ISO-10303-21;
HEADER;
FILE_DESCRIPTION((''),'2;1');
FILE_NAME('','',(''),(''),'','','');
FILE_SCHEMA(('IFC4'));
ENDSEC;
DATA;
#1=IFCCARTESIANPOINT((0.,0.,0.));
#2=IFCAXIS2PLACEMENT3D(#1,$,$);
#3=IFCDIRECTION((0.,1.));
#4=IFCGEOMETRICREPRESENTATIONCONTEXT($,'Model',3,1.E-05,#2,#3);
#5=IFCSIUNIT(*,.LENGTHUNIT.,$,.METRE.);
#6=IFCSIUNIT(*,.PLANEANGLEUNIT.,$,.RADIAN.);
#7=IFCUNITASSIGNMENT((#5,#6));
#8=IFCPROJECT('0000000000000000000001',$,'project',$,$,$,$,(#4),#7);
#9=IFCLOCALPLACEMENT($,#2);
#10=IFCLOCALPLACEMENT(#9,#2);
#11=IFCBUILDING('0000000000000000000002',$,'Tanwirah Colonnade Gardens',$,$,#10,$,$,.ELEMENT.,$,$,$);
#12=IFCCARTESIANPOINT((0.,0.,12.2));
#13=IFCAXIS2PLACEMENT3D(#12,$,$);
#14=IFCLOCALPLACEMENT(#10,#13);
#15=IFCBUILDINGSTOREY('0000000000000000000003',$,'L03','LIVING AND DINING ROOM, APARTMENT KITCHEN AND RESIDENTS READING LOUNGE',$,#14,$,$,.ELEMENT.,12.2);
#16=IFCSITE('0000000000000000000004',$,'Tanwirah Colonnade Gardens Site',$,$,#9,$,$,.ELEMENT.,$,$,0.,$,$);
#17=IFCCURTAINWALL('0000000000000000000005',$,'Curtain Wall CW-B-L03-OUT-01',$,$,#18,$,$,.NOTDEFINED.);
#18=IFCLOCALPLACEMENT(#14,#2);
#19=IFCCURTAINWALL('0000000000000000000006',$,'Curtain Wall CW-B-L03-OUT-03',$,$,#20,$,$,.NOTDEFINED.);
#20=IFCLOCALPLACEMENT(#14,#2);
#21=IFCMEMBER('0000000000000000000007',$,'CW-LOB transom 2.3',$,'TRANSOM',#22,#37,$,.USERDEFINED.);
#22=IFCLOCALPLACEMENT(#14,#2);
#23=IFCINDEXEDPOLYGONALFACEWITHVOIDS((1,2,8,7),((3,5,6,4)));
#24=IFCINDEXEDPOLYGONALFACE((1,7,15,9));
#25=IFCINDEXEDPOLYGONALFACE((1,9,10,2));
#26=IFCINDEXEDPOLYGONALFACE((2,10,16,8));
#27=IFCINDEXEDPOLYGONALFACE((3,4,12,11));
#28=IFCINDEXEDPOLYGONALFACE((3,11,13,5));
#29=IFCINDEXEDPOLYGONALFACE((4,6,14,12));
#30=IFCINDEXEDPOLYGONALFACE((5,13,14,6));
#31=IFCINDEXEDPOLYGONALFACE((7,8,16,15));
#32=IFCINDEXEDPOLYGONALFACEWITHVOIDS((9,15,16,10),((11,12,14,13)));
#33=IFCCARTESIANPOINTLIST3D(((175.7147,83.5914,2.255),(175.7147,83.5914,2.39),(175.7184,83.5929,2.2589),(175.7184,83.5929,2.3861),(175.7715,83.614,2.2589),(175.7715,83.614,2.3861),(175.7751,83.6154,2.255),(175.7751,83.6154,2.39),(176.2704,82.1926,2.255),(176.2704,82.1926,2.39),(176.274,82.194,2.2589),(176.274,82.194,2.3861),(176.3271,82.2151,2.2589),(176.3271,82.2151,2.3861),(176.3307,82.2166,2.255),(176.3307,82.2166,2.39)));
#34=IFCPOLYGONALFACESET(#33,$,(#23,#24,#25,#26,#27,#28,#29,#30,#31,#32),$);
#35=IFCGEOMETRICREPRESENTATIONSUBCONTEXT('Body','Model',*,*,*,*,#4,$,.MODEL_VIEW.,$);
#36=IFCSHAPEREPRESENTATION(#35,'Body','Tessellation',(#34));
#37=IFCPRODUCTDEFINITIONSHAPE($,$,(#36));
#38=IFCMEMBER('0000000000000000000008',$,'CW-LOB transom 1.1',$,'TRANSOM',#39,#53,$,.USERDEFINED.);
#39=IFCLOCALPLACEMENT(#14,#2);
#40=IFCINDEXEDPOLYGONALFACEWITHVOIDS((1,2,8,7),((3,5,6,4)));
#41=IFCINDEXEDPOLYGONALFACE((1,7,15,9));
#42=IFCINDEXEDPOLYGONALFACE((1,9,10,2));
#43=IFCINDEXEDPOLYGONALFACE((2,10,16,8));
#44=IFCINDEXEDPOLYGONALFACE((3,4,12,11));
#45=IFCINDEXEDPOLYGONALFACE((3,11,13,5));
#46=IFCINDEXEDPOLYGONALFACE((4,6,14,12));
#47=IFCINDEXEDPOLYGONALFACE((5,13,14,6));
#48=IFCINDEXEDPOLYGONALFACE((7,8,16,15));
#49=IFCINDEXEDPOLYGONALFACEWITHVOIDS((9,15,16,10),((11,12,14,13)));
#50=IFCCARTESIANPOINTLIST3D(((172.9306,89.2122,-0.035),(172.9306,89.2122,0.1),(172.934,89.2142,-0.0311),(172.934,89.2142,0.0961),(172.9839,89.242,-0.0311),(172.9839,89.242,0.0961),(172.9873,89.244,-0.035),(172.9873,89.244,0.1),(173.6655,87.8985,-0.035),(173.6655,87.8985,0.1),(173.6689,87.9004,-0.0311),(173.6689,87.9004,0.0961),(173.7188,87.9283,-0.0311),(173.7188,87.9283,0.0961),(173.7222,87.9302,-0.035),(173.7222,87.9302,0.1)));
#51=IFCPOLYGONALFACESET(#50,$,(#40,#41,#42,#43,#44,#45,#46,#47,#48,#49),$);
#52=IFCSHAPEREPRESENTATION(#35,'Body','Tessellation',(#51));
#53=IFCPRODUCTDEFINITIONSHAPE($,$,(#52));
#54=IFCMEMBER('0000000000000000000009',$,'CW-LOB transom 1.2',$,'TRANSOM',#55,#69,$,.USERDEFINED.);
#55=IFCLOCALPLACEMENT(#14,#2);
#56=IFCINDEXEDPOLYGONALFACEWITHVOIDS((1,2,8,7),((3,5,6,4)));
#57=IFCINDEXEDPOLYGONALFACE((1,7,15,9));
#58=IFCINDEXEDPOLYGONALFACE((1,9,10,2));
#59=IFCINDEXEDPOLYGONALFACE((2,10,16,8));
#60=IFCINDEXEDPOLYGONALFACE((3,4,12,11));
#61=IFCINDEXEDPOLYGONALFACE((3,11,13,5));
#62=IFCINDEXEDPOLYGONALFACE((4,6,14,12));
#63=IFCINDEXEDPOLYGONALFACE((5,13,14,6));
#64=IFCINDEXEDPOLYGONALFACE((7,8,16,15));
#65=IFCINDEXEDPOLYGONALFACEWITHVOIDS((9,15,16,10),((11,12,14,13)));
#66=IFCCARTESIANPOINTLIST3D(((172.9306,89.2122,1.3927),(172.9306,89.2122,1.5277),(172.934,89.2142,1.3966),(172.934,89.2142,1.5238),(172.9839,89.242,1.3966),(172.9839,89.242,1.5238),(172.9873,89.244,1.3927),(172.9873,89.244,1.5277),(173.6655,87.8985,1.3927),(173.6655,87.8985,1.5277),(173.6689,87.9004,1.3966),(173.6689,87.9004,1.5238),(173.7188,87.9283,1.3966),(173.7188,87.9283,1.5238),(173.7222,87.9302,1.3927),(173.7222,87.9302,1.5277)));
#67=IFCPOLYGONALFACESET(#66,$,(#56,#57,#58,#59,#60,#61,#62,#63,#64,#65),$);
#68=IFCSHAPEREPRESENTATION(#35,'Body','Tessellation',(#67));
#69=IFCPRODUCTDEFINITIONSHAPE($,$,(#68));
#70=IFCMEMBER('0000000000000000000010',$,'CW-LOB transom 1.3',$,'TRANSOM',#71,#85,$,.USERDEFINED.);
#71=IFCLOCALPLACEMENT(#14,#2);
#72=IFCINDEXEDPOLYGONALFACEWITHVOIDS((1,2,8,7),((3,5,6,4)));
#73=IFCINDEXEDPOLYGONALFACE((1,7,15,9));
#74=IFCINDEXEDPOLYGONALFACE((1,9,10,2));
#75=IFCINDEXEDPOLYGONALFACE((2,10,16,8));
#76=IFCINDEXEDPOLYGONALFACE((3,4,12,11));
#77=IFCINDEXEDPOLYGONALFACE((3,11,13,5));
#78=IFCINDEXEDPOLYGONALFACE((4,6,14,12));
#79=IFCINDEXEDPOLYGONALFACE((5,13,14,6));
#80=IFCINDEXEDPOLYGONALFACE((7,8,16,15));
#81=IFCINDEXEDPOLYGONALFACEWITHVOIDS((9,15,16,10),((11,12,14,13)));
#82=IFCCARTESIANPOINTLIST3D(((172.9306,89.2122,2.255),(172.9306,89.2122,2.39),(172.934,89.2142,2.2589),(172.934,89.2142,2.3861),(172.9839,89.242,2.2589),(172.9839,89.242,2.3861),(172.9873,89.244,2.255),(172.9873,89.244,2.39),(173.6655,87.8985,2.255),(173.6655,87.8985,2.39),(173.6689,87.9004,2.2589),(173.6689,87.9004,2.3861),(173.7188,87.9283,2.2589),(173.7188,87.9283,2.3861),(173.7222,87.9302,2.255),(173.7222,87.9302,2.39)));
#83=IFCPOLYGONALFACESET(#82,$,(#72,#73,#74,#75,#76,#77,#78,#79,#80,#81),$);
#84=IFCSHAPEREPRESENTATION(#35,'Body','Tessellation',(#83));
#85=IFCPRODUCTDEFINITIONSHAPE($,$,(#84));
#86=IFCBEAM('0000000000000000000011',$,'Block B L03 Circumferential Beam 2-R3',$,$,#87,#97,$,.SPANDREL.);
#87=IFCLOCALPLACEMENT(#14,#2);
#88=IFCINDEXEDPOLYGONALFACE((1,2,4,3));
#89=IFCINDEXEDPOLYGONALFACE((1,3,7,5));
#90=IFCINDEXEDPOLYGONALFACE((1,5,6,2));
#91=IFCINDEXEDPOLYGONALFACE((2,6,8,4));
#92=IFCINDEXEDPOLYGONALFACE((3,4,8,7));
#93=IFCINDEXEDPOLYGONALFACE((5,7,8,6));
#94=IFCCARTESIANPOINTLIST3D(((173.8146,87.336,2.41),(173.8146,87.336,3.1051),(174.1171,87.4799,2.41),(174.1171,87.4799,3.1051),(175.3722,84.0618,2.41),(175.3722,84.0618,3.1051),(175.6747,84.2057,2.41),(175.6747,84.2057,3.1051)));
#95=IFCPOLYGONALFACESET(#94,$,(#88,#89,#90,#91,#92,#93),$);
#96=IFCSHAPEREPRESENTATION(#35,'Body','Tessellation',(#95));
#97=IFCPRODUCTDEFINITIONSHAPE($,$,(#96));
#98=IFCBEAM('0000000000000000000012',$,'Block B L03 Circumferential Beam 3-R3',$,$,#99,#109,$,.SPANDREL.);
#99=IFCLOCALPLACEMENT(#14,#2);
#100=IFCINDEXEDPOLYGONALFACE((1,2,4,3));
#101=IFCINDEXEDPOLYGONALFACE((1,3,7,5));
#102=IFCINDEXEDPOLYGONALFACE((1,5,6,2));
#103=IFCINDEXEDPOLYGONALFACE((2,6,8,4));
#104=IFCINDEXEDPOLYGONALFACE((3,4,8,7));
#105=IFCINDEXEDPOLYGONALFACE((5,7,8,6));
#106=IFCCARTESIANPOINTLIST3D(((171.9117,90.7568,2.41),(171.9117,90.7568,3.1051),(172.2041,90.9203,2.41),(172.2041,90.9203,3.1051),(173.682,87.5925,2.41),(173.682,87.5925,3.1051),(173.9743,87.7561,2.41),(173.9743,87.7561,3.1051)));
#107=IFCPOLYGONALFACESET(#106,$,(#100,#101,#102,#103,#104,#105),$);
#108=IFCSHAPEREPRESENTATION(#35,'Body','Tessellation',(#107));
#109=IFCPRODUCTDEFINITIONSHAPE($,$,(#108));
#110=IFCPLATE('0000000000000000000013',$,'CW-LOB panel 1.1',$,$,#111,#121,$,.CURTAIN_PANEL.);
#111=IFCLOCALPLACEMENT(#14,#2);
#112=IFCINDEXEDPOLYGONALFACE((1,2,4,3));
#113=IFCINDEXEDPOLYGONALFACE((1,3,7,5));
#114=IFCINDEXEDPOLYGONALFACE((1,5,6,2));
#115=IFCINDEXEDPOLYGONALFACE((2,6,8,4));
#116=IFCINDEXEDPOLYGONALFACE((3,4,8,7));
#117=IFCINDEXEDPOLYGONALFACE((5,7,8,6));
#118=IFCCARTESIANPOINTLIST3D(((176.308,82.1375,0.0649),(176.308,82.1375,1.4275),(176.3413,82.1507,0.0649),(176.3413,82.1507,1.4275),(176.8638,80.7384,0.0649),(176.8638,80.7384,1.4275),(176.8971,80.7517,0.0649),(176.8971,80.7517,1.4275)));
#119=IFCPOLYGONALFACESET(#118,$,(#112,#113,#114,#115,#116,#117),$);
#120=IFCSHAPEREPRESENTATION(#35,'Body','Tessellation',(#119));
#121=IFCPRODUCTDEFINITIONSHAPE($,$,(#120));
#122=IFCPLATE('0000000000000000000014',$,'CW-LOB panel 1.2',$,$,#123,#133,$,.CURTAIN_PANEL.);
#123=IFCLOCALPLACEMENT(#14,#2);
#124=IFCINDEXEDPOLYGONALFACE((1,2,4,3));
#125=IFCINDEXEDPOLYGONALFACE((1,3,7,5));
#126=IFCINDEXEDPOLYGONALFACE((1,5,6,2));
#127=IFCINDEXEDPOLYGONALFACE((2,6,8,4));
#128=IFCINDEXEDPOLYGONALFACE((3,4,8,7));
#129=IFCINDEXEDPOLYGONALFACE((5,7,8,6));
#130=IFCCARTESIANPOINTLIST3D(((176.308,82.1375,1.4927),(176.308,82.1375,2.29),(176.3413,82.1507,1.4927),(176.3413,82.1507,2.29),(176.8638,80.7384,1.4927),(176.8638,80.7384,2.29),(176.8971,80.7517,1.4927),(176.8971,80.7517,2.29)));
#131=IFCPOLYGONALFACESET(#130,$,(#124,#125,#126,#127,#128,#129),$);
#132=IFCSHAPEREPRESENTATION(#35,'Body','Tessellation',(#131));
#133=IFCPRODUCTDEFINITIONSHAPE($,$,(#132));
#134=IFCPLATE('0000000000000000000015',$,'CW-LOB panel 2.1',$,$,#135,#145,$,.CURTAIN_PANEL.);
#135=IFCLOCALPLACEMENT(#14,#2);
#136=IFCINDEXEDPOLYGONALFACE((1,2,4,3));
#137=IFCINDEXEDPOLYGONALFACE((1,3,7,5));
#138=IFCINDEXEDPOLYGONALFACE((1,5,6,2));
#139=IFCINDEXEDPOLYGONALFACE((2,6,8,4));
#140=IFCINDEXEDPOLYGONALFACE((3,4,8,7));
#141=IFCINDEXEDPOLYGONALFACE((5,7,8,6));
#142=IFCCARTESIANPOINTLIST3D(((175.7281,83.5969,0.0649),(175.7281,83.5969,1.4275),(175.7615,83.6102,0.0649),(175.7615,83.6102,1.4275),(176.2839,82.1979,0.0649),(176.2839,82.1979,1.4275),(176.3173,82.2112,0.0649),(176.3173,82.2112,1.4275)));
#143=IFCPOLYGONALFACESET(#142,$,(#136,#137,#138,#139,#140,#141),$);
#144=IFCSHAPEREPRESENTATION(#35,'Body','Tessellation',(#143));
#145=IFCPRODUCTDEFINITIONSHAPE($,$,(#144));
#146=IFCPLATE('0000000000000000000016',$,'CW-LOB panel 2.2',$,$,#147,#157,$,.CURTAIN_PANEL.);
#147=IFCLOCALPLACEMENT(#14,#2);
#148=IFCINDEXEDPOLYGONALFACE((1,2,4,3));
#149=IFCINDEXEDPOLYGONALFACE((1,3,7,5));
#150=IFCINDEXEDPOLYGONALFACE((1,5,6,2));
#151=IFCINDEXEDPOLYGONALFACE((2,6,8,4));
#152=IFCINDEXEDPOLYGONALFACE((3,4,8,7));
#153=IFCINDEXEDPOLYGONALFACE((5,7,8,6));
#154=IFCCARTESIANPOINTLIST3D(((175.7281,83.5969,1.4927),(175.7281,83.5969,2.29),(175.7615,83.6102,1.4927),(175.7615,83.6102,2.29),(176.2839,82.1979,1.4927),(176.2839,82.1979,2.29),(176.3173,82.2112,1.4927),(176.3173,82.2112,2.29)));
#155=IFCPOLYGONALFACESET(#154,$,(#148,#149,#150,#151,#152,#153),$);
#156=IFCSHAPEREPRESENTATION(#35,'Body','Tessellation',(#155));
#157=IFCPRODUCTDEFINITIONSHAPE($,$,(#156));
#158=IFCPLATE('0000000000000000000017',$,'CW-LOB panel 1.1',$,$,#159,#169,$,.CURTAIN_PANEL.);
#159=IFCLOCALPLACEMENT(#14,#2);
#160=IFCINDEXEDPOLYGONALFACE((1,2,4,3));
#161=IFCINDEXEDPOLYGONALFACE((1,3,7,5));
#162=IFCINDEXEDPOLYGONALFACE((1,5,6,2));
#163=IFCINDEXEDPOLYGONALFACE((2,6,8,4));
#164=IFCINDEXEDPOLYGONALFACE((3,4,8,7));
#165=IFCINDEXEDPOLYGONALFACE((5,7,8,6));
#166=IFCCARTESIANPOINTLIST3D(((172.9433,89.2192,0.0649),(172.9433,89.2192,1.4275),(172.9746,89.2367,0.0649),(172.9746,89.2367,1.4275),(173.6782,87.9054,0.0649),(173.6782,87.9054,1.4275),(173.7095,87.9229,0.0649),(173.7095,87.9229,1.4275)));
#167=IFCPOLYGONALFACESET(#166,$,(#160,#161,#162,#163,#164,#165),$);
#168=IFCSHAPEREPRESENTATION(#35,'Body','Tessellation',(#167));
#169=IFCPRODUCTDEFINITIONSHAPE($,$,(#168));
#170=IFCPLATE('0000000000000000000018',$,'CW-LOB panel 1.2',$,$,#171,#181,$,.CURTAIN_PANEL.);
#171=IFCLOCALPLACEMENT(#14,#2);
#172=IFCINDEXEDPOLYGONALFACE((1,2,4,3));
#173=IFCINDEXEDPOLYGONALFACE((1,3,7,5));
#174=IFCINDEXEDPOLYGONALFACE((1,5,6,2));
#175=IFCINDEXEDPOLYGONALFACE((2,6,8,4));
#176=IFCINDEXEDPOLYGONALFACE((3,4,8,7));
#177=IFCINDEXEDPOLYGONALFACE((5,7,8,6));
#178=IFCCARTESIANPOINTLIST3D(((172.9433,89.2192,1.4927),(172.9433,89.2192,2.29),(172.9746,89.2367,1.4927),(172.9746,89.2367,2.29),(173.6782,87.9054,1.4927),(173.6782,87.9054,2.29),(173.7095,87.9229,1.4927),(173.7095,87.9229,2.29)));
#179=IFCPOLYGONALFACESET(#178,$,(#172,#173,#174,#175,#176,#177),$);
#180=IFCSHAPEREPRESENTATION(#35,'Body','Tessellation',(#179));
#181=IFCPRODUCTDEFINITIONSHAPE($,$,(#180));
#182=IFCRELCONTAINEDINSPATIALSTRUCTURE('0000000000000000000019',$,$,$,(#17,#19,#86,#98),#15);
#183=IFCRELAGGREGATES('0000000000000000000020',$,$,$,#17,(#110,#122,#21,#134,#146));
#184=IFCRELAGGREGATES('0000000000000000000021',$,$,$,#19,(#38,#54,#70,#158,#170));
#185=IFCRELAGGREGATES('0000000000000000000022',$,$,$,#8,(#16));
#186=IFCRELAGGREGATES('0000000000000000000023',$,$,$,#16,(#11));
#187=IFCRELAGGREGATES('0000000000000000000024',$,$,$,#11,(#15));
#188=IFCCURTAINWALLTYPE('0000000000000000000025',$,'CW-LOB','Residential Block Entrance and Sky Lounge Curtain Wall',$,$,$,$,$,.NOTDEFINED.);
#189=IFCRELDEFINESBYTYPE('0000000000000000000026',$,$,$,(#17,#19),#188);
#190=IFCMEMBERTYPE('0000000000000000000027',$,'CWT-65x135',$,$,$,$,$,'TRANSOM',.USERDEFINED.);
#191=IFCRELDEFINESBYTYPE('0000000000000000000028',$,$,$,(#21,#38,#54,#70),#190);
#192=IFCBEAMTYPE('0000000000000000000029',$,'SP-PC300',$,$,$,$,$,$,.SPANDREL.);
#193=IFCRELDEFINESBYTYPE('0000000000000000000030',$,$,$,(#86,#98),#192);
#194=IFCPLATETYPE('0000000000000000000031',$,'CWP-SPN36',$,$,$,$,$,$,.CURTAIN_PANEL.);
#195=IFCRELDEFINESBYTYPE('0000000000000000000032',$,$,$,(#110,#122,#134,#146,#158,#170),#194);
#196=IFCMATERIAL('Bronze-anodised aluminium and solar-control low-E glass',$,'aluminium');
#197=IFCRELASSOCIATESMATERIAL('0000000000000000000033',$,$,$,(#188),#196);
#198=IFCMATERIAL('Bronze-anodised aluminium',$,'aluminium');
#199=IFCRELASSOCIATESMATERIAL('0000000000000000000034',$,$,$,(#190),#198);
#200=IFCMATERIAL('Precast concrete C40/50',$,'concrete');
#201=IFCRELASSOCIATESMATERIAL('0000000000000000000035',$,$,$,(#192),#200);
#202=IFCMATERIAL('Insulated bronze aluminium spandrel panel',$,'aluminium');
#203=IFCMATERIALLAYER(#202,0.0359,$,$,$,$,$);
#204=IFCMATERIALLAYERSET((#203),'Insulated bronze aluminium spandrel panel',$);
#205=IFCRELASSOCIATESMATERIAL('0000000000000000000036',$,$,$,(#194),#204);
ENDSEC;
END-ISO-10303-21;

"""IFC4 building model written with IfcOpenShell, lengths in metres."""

from ifc_helpers import new_model, si_unit, direction, frame, origin, origin_2d, place, context, subcontext, project, spatial, rectangle, hollow_rectangle, extrude, material, layer, layer_set, material_profile, profile_set, type_object, element, aggregate, save


model = new_model("IFC4")

# Units and contexts
model_context = context("Model", 3, precision=1e-05, world=origin(), true_north=direction((0.0, 1.0)))
body_context = subcontext(model_context, "Body", "Model", "MODEL_VIEW")
ifc_project = project(units=[si_unit("LENGTHUNIT", "METRE"), si_unit("PLANEANGLEUNIT", "RADIAN")], contexts=[model_context])

# Site, building, storey
site_placement = place(None, origin())
site = spatial("IfcSite", under=ifc_project, at=site_placement, Name="Tanwirah Colonnade Gardens Site", CompositionType="ELEMENT", RefElevation=0.0)
building_placement = place(site_placement, origin())
building = spatial("IfcBuilding", under=site, at=building_placement, Name="Tanwirah Colonnade Gardens", CompositionType="ELEMENT")
storey_placement = place(building_placement, frame((0.0, 0.0, 12.2)))
storey = spatial("IfcBuildingStorey", under=building, at=storey_placement, Name="L03", Description="LIVING AND DINING ROOM, APARTMENT KITCHEN AND RESIDENTS READING LOUNGE", CompositionType="ELEMENT", Elevation=12.2)

# Shared definitions
ifc_material_1 = material(Name="Precast concrete C40/50", Category="concrete")

# Curtain walls
ifc_material_2 = material(Name="Bronze-anodised aluminium and solar-control low-E glass", Category="aluminium")
curtain_wall_type = type_object("IfcCurtainWallType", Name="CW-LOB", Description="Residential Block Entrance and Sky Lounge Curtain Wall", PredefinedType="NOTDEFINED", material=ifc_material_2)
curtain_wall_1_placement = place(storey_placement, origin())
curtain_wall_1 = element("IfcCurtainWall", 1, at=curtain_wall_1_placement, inside=storey, type_object=curtain_wall_type, Name="Curtain Wall CW-B-L03-OUT-01", PredefinedType="NOTDEFINED")
ifc_material_3 = material(Name="Bronze-anodised aluminium", Category="aluminium")
curtain_wall_2_placement = place(storey_placement, origin())
curtain_wall_2 = element("IfcCurtainWall", 2, at=curtain_wall_2_placement, inside=storey, type_object=curtain_wall_type, Name="Curtain Wall CW-B-L03-OUT-03", PredefinedType="NOTDEFINED")

# Members
ifc_material_profile_1 = material_profile(ifc_material_3, hollow_rectangle(XDim=0.0649, YDim=0.135, WallThickness=0.0039, at=origin_2d()), Name="CW-TRN 65x135x4")
ifc_profile_set_1 = profile_set([ifc_material_profile_1], Name="Bronze-anodised aluminium")
member_type_1 = type_object("IfcMemberType", Name="CWT-65x135", ElementType="TRANSOM", PredefinedType="USERDEFINED", material=ifc_profile_set_1)
member_1_placement = place(storey_placement, frame((176.3005, 82.2046, 2.3225), z_axis=(-0.369152, 0.929369, 0.0), x_axis=(-0.929369, -0.369152, 0.0)))
member_1 = element("IfcMember", 3, at=member_1_placement, type_object=member_type_1, Name="CW-LOB transom 2.3", ObjectType="TRANSOM", PredefinedType="USERDEFINED", context=body_context, shape_type="SweptSolid", body=[
    extrude(hollow_rectangle(XDim=0.0649, YDim=0.135, WallThickness=0.0039, at=origin_2d()), origin(), (0.0, 0.0, 1.0), 1.5051),
])
member_2_placement = place(storey_placement, frame((173.6938, 87.9143, 0.0325), z_axis=(-0.488188, 0.872738, 0.0), x_axis=(-0.872738, -0.488188, 0.0)))
member_2 = element("IfcMember", 4, at=member_2_placement, type_object=member_type_1, Name="CW-LOB transom 1.1", ObjectType="TRANSOM", PredefinedType="USERDEFINED", context=body_context, shape_type="SweptSolid", body=[
    extrude(hollow_rectangle(XDim=0.0649, YDim=0.135, WallThickness=0.0039, at=origin_2d()), origin(), (0.0, 0.0, 1.0), 1.5054),
])
member_3_placement = place(storey_placement, frame((173.6938, 87.9143, 1.4602), z_axis=(-0.488188, 0.872738, 0.0), x_axis=(-0.872738, -0.488188, 0.0)))
member_3 = element("IfcMember", 5, at=member_3_placement, type_object=member_type_1, Name="CW-LOB transom 1.2", ObjectType="TRANSOM", PredefinedType="USERDEFINED", context=body_context, shape_type="SweptSolid", body=[
    extrude(hollow_rectangle(XDim=0.0649, YDim=0.135, WallThickness=0.0039, at=origin_2d()), origin(), (0.0, 0.0, 1.0), 1.5054),
])
member_4_placement = place(storey_placement, frame((173.6938, 87.9143, 2.3225), z_axis=(-0.488188, 0.872738, 0.0), x_axis=(-0.872738, -0.488188, 0.0)))
member_4 = element("IfcMember", 6, at=member_4_placement, type_object=member_type_1, Name="CW-LOB transom 1.3", ObjectType="TRANSOM", PredefinedType="USERDEFINED", context=body_context, shape_type="SweptSolid", body=[
    extrude(hollow_rectangle(XDim=0.0649, YDim=0.135, WallThickness=0.0039, at=origin_2d()), origin(), (0.0, 0.0, 1.0), 1.5054),
])

# Beams
ifc_material_profile_2 = material_profile(ifc_material_1, rectangle(XDim=0.335, YDim=0.6951, at=origin_2d()), Name="PC-SP 335x695")
ifc_profile_set_2 = profile_set([ifc_material_profile_2], Name="Precast concrete C40/50")
beam_type_1 = type_object("IfcBeamType", Name="SP-PC300", PredefinedType="SPANDREL", material=ifc_profile_set_2)
for number, where, z_axis, x_axis, name in (
    (7, (175.5234, 84.1338, 2.7576), (-0.429594, 0.903022, 0.0), (-0.903022, -0.429594, 0.0), "Block B L03 Circumferential Beam 2-R3"),
    (8, (173.8281, 87.6743, 2.7576), (-0.488236, 0.872711, 0.0), (-0.872711, -0.488236, 0.0), "Block B L03 Circumferential Beam 3-R3"),
):
    element("IfcBeam", number, at=place(storey_placement, frame(where, z_axis=z_axis, x_axis=x_axis)), inside=storey, type_object=beam_type_1, Name=name, PredefinedType="SPANDREL", context=body_context, shape_type="SweptSolid", body=[
        extrude(rectangle(XDim=0.335, YDim=0.6951, at=origin_2d()), origin(), (0.0, 0.0, 1.0), 3.6257),
    ])

# Plates
ifc_material_4 = material(Name="Insulated bronze aluminium spandrel panel", Category="aluminium")
ifc_layer_1 = layer(ifc_material_4, 0.0359)
ifc_layer_set_1 = layer_set([ifc_layer_1], Name="Insulated bronze aluminium spandrel panel")
plate_type = type_object("IfcPlateType", Name="CWP-SPN36", PredefinedType="CURTAIN_PANEL", material=ifc_layer_set_1)
plate_1_placement = place(storey_placement, frame((176.6025, 81.4446, 0.0649), z_axis=(0.0, 0.0, 1.0), x_axis=(-0.369206, 0.929348, 0.0)))
plate_1 = element("IfcPlate", 9, at=plate_1_placement, type_object=plate_type, Name="CW-LOB panel 1.1", PredefinedType="CURTAIN_PANEL", context=body_context, shape_type="SweptSolid", body=[
    extrude(rectangle(XDim=1.5054, YDim=0.0359, at=origin_2d()), origin(), (0.0, 0.0, 1.0), 1.3625),
])
plate_2_placement = place(storey_placement, frame((176.6025, 81.4446, 1.4927), z_axis=(0.0, 0.0, 1.0), x_axis=(-0.369206, 0.929348, 0.0)))
plate_2 = element("IfcPlate", 10, at=plate_2_placement, type_object=plate_type, Name="CW-LOB panel 1.2", PredefinedType="CURTAIN_PANEL", context=body_context, shape_type="SweptSolid", body=[
    extrude(rectangle(XDim=1.5054, YDim=0.0359, at=origin_2d()), origin(), (0.0, 0.0, 1.0), 0.7974),
])
plate_3_placement = place(storey_placement, frame((176.0227, 82.9041, 0.0649), z_axis=(0.0, 0.0, 1.0), x_axis=(-0.369206, 0.929348, 0.0)))
plate_3 = element("IfcPlate", 11, at=plate_3_placement, type_object=plate_type, Name="CW-LOB panel 2.1", PredefinedType="CURTAIN_PANEL", context=body_context, shape_type="SweptSolid", body=[
    extrude(rectangle(XDim=1.5054, YDim=0.0359, at=origin_2d()), origin(), (0.0, 0.0, 1.0), 1.3625),
])
plate_4_placement = place(storey_placement, frame((176.0227, 82.9041, 1.4927), z_axis=(0.0, 0.0, 1.0), x_axis=(-0.369206, 0.929348, 0.0)))
plate_4 = element("IfcPlate", 12, at=plate_4_placement, type_object=plate_type, Name="CW-LOB panel 2.2", PredefinedType="CURTAIN_PANEL", context=body_context, shape_type="SweptSolid", body=[
    extrude(rectangle(XDim=1.5054, YDim=0.0359, at=origin_2d()), origin(), (0.0, 0.0, 1.0), 0.7974),
])
aggregate(curtain_wall_1, [plate_1, plate_2, member_1, plate_3, plate_4])
plate_5_placement = place(storey_placement, frame((173.3264, 88.571, 0.0649), z_axis=(0.0, 0.0, 1.0), x_axis=(-0.4882, 0.872732, 0.0)))
plate_5 = element("IfcPlate", 13, at=plate_5_placement, type_object=plate_type, Name="CW-LOB panel 1.1", PredefinedType="CURTAIN_PANEL", context=body_context, shape_type="SweptSolid", body=[
    extrude(rectangle(XDim=1.5054, YDim=0.0359, at=origin_2d()), origin(), (0.0, 0.0, 1.0), 1.3625),
])
plate_6_placement = place(storey_placement, frame((173.3264, 88.571, 1.4927), z_axis=(0.0, 0.0, 1.0), x_axis=(-0.4882, 0.872732, 0.0)))
plate_6 = element("IfcPlate", 14, at=plate_6_placement, type_object=plate_type, Name="CW-LOB panel 1.2", PredefinedType="CURTAIN_PANEL", context=body_context, shape_type="SweptSolid", body=[
    extrude(rectangle(XDim=1.5054, YDim=0.0359, at=origin_2d()), origin(), (0.0, 0.0, 1.0), 0.7974),
])
aggregate(curtain_wall_2, [member_2, member_3, member_4, plate_5, plate_6])

save(model, "model.ifc")
